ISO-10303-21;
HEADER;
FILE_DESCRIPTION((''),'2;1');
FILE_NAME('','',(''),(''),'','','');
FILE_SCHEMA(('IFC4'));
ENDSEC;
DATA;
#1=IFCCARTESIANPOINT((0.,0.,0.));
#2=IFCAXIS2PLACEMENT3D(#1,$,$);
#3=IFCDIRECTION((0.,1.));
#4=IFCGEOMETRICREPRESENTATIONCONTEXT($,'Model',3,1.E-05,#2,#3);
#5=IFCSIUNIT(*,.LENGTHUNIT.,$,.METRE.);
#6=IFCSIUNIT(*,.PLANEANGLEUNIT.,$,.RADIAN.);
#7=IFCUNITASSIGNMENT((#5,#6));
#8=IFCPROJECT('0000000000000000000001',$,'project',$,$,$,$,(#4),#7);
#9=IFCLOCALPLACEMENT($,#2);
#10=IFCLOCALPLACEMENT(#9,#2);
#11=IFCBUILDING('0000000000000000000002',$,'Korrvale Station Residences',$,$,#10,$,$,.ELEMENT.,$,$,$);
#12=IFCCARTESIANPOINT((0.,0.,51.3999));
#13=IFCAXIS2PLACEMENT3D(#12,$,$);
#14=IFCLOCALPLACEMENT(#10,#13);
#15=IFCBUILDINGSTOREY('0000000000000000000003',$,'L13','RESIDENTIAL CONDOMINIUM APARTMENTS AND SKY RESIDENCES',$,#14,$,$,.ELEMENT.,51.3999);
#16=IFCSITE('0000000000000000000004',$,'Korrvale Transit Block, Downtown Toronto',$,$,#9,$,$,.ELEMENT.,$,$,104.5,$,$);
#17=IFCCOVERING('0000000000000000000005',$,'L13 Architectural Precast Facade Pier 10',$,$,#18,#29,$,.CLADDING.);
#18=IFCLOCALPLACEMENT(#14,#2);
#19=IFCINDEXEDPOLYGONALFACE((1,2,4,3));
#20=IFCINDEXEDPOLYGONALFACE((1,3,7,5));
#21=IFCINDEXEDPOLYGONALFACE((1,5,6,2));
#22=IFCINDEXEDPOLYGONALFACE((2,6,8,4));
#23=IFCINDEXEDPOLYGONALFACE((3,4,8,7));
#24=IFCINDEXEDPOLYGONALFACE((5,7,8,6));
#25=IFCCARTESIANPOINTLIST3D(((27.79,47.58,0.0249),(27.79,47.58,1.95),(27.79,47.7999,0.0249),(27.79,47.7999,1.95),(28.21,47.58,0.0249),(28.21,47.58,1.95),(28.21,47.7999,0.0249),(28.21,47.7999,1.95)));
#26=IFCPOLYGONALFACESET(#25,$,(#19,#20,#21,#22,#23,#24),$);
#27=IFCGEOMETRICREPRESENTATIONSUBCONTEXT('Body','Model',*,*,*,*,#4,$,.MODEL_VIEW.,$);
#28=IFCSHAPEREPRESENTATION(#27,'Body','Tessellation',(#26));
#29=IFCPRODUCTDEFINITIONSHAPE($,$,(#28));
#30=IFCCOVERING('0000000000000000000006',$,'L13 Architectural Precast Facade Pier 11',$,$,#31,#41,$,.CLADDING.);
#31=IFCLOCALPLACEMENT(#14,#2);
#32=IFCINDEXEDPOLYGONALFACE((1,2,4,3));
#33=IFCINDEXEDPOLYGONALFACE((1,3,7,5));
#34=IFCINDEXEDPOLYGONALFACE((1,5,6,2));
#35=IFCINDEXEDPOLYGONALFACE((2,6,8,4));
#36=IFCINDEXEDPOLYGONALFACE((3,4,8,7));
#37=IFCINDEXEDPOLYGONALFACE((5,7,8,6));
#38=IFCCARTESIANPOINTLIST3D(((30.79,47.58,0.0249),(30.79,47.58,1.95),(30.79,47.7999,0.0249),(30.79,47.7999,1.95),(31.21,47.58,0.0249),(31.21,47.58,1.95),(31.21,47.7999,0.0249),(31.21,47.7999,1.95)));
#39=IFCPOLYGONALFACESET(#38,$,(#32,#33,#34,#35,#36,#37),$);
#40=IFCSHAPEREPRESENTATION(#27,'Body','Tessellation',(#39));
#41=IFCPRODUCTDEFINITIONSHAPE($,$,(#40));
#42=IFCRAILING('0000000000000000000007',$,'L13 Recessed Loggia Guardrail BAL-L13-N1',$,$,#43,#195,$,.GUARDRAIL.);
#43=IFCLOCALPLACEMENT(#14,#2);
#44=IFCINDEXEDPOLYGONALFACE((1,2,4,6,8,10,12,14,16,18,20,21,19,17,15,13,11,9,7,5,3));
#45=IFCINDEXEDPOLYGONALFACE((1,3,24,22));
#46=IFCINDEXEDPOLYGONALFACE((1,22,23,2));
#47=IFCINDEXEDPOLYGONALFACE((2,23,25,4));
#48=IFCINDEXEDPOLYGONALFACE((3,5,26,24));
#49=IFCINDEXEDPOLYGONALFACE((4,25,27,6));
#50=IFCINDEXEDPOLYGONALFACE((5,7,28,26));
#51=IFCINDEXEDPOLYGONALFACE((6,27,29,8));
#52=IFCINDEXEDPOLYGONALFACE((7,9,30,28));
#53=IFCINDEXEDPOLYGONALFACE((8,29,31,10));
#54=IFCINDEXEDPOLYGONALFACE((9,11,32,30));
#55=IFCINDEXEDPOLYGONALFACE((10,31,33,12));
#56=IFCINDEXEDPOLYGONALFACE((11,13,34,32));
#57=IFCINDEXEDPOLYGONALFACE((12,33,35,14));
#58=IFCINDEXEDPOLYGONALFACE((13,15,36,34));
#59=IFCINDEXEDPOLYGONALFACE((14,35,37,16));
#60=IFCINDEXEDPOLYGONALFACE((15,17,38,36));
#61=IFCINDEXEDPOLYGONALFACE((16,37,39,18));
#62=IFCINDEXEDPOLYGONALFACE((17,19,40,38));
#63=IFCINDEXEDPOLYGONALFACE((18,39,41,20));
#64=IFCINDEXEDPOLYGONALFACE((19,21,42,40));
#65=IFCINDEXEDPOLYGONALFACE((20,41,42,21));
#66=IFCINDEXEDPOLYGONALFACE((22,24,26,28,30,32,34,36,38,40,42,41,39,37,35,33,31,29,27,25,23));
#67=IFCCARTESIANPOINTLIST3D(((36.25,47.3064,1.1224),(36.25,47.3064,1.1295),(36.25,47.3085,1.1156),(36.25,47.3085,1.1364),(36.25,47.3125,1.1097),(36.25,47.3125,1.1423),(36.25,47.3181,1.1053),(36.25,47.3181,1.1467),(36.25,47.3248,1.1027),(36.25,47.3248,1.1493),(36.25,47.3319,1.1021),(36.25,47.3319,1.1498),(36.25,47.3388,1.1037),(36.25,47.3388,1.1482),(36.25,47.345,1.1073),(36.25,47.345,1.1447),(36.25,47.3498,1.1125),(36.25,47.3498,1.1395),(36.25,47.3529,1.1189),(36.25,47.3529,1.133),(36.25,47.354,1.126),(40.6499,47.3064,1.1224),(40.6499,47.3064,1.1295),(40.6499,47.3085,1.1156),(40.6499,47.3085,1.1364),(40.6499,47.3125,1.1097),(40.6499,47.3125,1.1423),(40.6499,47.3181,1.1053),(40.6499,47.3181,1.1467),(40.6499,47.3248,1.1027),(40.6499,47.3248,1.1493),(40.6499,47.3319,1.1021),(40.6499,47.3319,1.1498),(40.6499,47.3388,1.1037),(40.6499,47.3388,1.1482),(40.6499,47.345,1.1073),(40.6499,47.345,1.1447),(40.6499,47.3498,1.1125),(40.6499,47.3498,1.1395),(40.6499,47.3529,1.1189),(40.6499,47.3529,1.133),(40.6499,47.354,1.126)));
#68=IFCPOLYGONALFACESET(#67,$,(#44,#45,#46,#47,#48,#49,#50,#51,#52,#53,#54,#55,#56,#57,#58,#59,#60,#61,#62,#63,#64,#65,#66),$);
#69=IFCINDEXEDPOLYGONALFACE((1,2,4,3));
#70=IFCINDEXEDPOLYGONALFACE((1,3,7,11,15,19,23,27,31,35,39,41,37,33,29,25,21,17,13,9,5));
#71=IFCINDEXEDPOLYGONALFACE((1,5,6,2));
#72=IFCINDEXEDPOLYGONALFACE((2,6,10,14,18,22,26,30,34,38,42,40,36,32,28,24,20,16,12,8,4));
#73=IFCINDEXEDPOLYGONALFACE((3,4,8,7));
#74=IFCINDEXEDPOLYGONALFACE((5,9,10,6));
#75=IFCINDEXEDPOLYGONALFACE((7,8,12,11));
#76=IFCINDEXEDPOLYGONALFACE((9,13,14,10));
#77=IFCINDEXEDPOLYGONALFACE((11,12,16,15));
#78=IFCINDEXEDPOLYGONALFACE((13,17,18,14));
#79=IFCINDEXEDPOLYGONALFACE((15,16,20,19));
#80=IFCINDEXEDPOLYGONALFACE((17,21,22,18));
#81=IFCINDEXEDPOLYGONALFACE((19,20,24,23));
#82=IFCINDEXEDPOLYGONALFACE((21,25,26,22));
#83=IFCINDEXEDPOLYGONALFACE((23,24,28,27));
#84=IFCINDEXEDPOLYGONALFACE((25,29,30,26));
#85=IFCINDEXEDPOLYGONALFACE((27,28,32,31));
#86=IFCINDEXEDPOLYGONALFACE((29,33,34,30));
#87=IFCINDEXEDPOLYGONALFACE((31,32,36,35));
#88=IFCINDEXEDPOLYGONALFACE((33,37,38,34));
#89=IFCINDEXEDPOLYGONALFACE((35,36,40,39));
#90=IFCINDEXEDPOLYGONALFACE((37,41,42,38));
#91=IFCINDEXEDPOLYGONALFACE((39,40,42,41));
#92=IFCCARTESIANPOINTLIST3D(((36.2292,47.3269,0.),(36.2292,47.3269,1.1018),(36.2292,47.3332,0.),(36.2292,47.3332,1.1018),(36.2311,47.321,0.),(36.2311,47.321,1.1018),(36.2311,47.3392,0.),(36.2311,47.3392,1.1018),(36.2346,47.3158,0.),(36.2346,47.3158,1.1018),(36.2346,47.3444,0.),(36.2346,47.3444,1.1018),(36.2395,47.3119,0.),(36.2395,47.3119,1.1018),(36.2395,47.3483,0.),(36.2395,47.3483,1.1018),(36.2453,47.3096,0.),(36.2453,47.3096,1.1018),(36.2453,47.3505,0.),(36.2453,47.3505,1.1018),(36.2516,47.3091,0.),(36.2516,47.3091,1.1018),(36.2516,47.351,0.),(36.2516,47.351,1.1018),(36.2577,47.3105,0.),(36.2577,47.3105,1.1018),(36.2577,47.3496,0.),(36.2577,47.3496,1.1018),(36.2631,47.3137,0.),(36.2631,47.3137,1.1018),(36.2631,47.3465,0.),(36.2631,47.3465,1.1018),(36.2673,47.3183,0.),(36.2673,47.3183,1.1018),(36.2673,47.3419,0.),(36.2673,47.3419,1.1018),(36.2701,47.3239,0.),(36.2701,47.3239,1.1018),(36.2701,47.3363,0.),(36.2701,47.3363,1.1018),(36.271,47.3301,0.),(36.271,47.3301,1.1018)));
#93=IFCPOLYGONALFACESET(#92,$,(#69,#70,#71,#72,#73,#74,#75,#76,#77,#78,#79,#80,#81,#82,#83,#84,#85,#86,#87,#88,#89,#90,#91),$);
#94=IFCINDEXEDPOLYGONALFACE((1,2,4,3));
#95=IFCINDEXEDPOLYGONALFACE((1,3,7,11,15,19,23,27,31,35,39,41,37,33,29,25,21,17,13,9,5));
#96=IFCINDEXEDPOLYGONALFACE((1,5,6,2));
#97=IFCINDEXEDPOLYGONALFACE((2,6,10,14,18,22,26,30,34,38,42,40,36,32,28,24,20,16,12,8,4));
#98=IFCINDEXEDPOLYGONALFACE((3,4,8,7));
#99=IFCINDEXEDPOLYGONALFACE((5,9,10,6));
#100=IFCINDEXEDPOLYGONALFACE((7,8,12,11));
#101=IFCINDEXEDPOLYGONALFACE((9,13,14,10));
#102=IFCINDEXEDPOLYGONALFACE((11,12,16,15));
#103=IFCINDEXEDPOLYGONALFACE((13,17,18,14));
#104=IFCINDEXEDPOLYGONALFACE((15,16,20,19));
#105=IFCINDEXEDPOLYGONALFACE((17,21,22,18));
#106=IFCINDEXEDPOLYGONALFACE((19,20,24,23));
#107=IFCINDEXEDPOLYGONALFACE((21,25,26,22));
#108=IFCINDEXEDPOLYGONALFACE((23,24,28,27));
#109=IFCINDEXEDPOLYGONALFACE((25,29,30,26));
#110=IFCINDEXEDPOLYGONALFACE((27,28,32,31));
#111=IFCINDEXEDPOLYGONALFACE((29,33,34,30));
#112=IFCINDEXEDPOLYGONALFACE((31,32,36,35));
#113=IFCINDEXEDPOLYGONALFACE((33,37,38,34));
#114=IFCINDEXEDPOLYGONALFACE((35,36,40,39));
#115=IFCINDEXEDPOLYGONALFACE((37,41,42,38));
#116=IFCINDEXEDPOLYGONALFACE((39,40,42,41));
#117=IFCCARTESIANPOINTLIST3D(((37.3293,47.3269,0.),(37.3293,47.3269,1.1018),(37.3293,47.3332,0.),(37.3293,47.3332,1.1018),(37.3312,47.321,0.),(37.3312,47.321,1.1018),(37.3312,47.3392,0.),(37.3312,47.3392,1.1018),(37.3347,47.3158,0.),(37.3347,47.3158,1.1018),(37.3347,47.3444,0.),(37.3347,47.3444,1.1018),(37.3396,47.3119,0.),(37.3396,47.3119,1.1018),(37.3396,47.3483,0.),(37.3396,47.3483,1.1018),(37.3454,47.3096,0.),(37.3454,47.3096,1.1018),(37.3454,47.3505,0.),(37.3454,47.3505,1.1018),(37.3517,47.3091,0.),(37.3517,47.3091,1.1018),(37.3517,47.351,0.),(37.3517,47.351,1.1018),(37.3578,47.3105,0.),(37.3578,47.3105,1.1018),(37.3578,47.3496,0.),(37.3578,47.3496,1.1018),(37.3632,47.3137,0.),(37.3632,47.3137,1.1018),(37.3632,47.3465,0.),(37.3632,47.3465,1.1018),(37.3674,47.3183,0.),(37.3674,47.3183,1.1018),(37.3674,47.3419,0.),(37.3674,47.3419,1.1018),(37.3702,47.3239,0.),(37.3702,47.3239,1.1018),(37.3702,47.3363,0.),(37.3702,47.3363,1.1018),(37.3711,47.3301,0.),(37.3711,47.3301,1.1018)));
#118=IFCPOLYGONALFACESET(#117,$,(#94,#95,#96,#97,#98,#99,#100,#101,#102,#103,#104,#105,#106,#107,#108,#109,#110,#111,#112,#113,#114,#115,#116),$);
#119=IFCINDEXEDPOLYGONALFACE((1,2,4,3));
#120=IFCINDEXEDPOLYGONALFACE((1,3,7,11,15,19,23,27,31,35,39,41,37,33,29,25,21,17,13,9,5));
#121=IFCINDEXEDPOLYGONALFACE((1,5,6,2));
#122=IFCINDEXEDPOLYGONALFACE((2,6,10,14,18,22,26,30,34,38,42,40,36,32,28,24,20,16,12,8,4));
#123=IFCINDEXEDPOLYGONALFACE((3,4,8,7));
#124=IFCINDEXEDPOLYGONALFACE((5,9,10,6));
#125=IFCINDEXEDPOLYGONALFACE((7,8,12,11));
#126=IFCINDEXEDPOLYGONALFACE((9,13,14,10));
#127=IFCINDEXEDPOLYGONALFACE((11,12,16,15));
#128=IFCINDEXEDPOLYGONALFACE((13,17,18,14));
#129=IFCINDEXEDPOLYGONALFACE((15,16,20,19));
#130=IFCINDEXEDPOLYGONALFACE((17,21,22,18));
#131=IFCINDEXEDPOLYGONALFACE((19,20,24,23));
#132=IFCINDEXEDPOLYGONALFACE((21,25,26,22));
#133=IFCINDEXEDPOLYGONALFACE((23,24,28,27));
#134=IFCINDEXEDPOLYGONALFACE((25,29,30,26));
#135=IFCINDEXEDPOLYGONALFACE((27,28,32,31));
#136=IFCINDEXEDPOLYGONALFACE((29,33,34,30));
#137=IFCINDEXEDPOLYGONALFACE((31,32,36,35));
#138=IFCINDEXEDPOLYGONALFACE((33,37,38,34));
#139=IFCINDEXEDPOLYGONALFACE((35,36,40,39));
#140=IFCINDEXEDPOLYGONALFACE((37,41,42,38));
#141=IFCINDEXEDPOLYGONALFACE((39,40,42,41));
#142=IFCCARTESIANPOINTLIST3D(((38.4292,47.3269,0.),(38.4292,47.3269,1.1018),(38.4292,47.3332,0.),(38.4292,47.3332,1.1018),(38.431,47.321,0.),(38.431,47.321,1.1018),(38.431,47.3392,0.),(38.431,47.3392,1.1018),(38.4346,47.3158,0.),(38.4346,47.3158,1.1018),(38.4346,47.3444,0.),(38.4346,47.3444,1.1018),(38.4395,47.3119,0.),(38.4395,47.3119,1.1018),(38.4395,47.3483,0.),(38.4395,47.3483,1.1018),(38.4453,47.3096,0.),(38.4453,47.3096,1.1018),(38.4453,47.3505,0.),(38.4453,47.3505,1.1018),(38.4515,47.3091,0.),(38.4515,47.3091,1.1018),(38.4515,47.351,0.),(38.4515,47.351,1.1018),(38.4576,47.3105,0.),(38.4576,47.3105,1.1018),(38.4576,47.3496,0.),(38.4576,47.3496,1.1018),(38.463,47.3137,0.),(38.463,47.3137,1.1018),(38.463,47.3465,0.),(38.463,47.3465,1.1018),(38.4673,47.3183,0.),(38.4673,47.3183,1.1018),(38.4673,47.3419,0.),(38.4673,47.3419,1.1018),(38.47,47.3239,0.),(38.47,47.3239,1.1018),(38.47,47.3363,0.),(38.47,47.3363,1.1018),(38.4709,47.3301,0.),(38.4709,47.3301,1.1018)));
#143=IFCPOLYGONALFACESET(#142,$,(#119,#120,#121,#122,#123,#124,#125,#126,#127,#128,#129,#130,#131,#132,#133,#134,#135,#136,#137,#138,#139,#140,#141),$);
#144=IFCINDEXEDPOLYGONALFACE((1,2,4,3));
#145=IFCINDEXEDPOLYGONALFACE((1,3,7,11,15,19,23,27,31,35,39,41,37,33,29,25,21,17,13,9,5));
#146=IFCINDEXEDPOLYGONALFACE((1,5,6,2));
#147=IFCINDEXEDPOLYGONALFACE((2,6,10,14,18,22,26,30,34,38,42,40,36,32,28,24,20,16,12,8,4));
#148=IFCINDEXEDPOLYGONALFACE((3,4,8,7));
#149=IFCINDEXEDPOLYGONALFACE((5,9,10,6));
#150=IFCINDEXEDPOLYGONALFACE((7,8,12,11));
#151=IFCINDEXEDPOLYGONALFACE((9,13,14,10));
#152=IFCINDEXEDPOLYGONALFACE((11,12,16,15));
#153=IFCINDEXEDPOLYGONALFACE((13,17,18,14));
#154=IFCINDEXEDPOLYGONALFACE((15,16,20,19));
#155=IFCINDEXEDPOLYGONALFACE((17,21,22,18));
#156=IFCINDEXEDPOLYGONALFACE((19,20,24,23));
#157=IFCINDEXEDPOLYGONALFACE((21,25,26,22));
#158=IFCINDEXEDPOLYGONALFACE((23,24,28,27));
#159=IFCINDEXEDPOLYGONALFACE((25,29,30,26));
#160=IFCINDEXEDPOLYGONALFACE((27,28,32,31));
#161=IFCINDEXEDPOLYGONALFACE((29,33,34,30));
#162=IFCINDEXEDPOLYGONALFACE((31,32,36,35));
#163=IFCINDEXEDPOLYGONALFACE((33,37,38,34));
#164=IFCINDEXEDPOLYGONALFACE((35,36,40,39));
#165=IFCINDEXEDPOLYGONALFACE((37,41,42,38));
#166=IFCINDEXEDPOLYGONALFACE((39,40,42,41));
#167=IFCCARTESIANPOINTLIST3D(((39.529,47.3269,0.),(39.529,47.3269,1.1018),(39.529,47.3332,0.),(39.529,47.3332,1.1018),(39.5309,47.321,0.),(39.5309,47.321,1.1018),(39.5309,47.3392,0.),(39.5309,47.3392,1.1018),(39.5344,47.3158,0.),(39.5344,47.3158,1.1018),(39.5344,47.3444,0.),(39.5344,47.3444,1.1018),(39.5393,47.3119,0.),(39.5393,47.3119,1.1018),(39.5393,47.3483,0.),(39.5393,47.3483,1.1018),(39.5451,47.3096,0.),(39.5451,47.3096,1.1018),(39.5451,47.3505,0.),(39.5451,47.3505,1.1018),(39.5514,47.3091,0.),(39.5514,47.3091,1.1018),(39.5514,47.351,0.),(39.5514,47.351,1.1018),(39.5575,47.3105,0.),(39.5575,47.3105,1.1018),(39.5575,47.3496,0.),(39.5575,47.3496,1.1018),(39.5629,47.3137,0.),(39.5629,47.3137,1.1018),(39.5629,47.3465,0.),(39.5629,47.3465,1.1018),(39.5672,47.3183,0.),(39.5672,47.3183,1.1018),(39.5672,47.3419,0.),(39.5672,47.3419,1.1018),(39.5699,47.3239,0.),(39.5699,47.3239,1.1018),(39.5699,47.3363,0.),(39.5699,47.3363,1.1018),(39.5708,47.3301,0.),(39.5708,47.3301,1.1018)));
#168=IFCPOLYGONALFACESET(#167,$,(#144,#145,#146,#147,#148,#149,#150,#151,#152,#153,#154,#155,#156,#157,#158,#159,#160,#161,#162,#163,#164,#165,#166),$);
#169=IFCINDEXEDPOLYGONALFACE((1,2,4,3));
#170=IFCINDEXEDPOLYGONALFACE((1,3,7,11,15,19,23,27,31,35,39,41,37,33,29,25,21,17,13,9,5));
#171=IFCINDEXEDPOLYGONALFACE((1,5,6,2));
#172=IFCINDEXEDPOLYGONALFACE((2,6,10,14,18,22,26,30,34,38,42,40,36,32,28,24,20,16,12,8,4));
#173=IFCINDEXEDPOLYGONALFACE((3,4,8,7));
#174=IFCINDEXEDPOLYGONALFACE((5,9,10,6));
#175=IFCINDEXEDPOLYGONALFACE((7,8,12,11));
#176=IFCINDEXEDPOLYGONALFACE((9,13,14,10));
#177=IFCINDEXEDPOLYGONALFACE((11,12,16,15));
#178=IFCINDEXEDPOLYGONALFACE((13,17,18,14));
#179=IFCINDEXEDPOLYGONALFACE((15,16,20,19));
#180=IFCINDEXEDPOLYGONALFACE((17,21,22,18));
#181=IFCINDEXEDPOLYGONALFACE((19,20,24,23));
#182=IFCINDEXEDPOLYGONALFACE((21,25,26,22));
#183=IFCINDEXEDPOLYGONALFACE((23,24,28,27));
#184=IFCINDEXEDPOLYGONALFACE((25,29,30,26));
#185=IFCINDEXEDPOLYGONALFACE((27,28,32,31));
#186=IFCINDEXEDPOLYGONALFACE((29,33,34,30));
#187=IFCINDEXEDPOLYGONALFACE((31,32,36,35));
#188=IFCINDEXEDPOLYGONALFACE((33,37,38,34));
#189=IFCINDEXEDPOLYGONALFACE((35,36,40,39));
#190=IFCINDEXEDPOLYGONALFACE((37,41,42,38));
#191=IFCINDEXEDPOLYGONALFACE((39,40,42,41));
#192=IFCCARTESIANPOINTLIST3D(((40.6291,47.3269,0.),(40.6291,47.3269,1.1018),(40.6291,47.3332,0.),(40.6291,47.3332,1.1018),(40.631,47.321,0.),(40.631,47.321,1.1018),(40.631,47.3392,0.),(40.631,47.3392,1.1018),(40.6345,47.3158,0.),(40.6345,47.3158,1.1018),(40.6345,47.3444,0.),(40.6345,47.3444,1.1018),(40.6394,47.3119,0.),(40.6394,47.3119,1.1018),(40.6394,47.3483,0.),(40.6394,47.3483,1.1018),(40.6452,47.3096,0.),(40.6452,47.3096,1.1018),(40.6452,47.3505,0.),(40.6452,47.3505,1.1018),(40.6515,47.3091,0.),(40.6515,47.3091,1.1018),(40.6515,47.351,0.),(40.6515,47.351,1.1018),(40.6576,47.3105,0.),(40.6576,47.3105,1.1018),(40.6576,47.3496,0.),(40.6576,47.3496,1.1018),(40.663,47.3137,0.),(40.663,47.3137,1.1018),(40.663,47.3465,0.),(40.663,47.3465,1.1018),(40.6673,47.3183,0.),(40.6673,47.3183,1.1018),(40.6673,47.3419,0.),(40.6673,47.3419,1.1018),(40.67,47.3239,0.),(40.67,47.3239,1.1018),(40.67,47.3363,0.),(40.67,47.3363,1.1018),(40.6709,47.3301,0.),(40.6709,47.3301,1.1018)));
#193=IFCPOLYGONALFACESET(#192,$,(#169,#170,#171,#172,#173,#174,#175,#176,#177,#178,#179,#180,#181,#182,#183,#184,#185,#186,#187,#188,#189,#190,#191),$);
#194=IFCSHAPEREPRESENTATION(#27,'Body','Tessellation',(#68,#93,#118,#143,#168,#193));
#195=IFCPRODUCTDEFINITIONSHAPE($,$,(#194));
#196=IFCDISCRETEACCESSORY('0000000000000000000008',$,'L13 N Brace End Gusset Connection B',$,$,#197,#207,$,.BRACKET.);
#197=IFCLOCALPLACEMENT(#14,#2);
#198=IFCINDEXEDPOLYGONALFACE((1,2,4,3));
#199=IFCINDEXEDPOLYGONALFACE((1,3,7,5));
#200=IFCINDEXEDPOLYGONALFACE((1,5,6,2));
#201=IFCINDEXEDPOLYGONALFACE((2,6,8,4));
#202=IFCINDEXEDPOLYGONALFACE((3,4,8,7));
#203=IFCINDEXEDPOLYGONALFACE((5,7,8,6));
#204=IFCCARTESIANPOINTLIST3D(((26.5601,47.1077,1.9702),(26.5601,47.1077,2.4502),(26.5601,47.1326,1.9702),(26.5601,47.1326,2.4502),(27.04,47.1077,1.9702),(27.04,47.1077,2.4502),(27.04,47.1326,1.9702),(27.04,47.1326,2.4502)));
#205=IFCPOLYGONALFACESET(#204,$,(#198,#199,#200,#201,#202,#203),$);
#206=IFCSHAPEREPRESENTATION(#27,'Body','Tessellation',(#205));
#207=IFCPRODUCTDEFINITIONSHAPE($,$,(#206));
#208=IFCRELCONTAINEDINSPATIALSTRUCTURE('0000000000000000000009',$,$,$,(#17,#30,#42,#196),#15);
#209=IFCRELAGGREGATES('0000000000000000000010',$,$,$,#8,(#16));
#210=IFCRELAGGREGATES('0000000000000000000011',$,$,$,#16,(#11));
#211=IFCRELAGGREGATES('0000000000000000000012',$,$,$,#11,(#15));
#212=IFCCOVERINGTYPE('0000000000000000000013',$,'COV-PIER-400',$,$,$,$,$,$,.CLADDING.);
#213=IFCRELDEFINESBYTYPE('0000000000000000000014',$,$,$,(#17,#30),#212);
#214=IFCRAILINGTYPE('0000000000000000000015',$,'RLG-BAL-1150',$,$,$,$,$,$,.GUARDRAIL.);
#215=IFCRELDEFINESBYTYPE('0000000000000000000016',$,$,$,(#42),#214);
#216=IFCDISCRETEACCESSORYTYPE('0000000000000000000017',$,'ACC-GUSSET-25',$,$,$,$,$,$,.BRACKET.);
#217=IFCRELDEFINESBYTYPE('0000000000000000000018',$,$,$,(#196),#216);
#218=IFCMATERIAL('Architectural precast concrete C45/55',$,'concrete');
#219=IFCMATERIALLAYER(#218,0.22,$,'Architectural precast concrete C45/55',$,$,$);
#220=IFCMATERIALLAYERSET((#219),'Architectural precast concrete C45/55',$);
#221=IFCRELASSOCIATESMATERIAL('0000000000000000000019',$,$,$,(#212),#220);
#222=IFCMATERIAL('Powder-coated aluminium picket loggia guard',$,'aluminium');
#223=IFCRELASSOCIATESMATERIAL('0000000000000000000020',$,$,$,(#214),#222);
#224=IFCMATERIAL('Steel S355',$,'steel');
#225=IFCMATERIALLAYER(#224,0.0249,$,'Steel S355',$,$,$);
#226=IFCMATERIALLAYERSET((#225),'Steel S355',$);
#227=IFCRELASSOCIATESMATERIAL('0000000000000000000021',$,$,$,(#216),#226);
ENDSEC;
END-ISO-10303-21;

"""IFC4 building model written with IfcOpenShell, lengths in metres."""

from ifc_helpers import new_model, si_unit, direction, frame, origin, origin_2d, place, context, subcontext, project, spatial, rectangle, circle, extrude, material, layer, layer_set, type_object, element, save


model = new_model("IFC4")

# Units and contexts
model_context = context("Model", 3, precision=1e-05, world=origin(), true_north=direction((0.0, 1.0)))
body_context = subcontext(model_context, "Body", "Model", "MODEL_VIEW")
ifc_project = project(units=[si_unit("LENGTHUNIT", "METRE"), si_unit("PLANEANGLEUNIT", "RADIAN")], contexts=[model_context])

# Site, building, storey
site_placement = place(None, origin())
site = spatial("IfcSite", under=ifc_project, at=site_placement, Name="Korrvale Transit Block, Downtown Toronto", CompositionType="ELEMENT", RefElevation=104.5)
building_placement = place(site_placement, origin())
building = spatial("IfcBuilding", under=site, at=building_placement, Name="Korrvale Station Residences", CompositionType="ELEMENT")
storey_placement = place(building_placement, frame((0.0, 0.0, 51.3999)))
storey = spatial("IfcBuildingStorey", under=building, at=storey_placement, Name="L13", Description="RESIDENTIAL CONDOMINIUM APARTMENTS AND SKY RESIDENCES", CompositionType="ELEMENT", Elevation=51.3999)

# Shared definitions
ifc_material_1 = material(Name="Steel S355", Category="steel")

# Coverings
ifc_material_2 = material(Name="Architectural precast concrete C45/55", Category="concrete")
ifc_layer_1 = layer(ifc_material_2, 0.22, Name="Architectural precast concrete C45/55")
ifc_layer_set_1 = layer_set([ifc_layer_1], Name="Architectural precast concrete C45/55")
covering_type = type_object("IfcCoveringType", Name="COV-PIER-400", PredefinedType="CLADDING", material=ifc_layer_set_1)
for number, where, z_axis, x_axis, name in (
    (1, (28.0, 47.6899, 0.0249), (0.0, 0.0, 1.0), (1.0, 0.0, 0.0), "L13 Architectural Precast Facade Pier 10"),
    (2, (31.0, 47.6899, 0.0249), (0.0, 0.0, 1.0), (1.0, 0.0, 0.0), "L13 Architectural Precast Facade Pier 11"),
):
    element("IfcCovering", number, at=place(storey_placement, frame(where, z_axis=z_axis, x_axis=x_axis)), inside=storey, type_object=covering_type, Name=name, PredefinedType="CLADDING", context=body_context, shape_type="SweptSolid", body=[
        extrude(rectangle(XDim=0.4199, YDim=0.22, at=origin_2d()), origin(), (0.0, 0.0, 1.0), 1.925),
    ])

# Railing
ifc_material_3 = material(Name="Powder-coated aluminium picket loggia guard", Category="aluminium")
railing_type = type_object("IfcRailingType", Name="RLG-BAL-1150", PredefinedType="GUARDRAIL", material=ifc_material_3)
railing_placement = place(storey_placement, frame((36.25, 47.3301, 0.0)))
element("IfcRailing", 3, at=railing_placement, inside=storey, type_object=railing_type, Name="L13 Recessed Loggia Guardrail BAL-L13-N1", PredefinedType="GUARDRAIL", context=body_context, shape_type="SweptSolid", body=[
    extrude(circle(Radius=0.0239, at=origin_2d()), frame((0.0, 0.0, 1.126), z_axis=(1.0, 0.0, 0.0), x_axis=(0.0, 1.0, 0.0)), (0.0, 0.0, 1.0), 4.3999),
    extrude(circle(Radius=0.021, at=origin_2d()), origin(), (0.0, 0.0, 1.0), 1.1018),
    extrude(circle(Radius=0.021, at=origin_2d()), frame((1.1001, 0.0, 0.0)), (0.0, 0.0, 1.0), 1.1018),
    extrude(circle(Radius=0.021, at=origin_2d()), frame((2.2, 0.0, 0.0)), (0.0, 0.0, 1.0), 1.1018),
    extrude(circle(Radius=0.021, at=origin_2d()), frame((3.2998, 0.0, 0.0)), (0.0, 0.0, 1.0), 1.1018),
    extrude(circle(Radius=0.021, at=origin_2d()), frame((4.3999, 0.0, 0.0)), (0.0, 0.0, 1.0), 1.1018),
])

# Discrete accessory
ifc_layer_2 = layer(ifc_material_1, 0.0249, Name="Steel S355")
ifc_layer_set_2 = layer_set([ifc_layer_2], Name="Steel S355")
discrete_accessory_type = type_object("IfcDiscreteAccessoryType", Name="ACC-GUSSET-25", PredefinedType="BRACKET", material=ifc_layer_set_2)
discrete_accessory_placement = place(storey_placement, frame((26.8, 47.1201, 1.9702), z_axis=(0.0, 0.0, 1.0), x_axis=(1.0, 0.0, 0.0)))
element("IfcDiscreteAccessory", 4, at=discrete_accessory_placement, inside=storey, type_object=discrete_accessory_type, Name="L13 N Brace End Gusset Connection B", PredefinedType="BRACKET", context=body_context, shape_type="SweptSolid", body=[
    extrude(rectangle(XDim=0.48, YDim=0.0249, at=origin_2d()), origin(), (0.0, 0.0, 1.0), 0.48),
])

save(model, "model.ifc")
